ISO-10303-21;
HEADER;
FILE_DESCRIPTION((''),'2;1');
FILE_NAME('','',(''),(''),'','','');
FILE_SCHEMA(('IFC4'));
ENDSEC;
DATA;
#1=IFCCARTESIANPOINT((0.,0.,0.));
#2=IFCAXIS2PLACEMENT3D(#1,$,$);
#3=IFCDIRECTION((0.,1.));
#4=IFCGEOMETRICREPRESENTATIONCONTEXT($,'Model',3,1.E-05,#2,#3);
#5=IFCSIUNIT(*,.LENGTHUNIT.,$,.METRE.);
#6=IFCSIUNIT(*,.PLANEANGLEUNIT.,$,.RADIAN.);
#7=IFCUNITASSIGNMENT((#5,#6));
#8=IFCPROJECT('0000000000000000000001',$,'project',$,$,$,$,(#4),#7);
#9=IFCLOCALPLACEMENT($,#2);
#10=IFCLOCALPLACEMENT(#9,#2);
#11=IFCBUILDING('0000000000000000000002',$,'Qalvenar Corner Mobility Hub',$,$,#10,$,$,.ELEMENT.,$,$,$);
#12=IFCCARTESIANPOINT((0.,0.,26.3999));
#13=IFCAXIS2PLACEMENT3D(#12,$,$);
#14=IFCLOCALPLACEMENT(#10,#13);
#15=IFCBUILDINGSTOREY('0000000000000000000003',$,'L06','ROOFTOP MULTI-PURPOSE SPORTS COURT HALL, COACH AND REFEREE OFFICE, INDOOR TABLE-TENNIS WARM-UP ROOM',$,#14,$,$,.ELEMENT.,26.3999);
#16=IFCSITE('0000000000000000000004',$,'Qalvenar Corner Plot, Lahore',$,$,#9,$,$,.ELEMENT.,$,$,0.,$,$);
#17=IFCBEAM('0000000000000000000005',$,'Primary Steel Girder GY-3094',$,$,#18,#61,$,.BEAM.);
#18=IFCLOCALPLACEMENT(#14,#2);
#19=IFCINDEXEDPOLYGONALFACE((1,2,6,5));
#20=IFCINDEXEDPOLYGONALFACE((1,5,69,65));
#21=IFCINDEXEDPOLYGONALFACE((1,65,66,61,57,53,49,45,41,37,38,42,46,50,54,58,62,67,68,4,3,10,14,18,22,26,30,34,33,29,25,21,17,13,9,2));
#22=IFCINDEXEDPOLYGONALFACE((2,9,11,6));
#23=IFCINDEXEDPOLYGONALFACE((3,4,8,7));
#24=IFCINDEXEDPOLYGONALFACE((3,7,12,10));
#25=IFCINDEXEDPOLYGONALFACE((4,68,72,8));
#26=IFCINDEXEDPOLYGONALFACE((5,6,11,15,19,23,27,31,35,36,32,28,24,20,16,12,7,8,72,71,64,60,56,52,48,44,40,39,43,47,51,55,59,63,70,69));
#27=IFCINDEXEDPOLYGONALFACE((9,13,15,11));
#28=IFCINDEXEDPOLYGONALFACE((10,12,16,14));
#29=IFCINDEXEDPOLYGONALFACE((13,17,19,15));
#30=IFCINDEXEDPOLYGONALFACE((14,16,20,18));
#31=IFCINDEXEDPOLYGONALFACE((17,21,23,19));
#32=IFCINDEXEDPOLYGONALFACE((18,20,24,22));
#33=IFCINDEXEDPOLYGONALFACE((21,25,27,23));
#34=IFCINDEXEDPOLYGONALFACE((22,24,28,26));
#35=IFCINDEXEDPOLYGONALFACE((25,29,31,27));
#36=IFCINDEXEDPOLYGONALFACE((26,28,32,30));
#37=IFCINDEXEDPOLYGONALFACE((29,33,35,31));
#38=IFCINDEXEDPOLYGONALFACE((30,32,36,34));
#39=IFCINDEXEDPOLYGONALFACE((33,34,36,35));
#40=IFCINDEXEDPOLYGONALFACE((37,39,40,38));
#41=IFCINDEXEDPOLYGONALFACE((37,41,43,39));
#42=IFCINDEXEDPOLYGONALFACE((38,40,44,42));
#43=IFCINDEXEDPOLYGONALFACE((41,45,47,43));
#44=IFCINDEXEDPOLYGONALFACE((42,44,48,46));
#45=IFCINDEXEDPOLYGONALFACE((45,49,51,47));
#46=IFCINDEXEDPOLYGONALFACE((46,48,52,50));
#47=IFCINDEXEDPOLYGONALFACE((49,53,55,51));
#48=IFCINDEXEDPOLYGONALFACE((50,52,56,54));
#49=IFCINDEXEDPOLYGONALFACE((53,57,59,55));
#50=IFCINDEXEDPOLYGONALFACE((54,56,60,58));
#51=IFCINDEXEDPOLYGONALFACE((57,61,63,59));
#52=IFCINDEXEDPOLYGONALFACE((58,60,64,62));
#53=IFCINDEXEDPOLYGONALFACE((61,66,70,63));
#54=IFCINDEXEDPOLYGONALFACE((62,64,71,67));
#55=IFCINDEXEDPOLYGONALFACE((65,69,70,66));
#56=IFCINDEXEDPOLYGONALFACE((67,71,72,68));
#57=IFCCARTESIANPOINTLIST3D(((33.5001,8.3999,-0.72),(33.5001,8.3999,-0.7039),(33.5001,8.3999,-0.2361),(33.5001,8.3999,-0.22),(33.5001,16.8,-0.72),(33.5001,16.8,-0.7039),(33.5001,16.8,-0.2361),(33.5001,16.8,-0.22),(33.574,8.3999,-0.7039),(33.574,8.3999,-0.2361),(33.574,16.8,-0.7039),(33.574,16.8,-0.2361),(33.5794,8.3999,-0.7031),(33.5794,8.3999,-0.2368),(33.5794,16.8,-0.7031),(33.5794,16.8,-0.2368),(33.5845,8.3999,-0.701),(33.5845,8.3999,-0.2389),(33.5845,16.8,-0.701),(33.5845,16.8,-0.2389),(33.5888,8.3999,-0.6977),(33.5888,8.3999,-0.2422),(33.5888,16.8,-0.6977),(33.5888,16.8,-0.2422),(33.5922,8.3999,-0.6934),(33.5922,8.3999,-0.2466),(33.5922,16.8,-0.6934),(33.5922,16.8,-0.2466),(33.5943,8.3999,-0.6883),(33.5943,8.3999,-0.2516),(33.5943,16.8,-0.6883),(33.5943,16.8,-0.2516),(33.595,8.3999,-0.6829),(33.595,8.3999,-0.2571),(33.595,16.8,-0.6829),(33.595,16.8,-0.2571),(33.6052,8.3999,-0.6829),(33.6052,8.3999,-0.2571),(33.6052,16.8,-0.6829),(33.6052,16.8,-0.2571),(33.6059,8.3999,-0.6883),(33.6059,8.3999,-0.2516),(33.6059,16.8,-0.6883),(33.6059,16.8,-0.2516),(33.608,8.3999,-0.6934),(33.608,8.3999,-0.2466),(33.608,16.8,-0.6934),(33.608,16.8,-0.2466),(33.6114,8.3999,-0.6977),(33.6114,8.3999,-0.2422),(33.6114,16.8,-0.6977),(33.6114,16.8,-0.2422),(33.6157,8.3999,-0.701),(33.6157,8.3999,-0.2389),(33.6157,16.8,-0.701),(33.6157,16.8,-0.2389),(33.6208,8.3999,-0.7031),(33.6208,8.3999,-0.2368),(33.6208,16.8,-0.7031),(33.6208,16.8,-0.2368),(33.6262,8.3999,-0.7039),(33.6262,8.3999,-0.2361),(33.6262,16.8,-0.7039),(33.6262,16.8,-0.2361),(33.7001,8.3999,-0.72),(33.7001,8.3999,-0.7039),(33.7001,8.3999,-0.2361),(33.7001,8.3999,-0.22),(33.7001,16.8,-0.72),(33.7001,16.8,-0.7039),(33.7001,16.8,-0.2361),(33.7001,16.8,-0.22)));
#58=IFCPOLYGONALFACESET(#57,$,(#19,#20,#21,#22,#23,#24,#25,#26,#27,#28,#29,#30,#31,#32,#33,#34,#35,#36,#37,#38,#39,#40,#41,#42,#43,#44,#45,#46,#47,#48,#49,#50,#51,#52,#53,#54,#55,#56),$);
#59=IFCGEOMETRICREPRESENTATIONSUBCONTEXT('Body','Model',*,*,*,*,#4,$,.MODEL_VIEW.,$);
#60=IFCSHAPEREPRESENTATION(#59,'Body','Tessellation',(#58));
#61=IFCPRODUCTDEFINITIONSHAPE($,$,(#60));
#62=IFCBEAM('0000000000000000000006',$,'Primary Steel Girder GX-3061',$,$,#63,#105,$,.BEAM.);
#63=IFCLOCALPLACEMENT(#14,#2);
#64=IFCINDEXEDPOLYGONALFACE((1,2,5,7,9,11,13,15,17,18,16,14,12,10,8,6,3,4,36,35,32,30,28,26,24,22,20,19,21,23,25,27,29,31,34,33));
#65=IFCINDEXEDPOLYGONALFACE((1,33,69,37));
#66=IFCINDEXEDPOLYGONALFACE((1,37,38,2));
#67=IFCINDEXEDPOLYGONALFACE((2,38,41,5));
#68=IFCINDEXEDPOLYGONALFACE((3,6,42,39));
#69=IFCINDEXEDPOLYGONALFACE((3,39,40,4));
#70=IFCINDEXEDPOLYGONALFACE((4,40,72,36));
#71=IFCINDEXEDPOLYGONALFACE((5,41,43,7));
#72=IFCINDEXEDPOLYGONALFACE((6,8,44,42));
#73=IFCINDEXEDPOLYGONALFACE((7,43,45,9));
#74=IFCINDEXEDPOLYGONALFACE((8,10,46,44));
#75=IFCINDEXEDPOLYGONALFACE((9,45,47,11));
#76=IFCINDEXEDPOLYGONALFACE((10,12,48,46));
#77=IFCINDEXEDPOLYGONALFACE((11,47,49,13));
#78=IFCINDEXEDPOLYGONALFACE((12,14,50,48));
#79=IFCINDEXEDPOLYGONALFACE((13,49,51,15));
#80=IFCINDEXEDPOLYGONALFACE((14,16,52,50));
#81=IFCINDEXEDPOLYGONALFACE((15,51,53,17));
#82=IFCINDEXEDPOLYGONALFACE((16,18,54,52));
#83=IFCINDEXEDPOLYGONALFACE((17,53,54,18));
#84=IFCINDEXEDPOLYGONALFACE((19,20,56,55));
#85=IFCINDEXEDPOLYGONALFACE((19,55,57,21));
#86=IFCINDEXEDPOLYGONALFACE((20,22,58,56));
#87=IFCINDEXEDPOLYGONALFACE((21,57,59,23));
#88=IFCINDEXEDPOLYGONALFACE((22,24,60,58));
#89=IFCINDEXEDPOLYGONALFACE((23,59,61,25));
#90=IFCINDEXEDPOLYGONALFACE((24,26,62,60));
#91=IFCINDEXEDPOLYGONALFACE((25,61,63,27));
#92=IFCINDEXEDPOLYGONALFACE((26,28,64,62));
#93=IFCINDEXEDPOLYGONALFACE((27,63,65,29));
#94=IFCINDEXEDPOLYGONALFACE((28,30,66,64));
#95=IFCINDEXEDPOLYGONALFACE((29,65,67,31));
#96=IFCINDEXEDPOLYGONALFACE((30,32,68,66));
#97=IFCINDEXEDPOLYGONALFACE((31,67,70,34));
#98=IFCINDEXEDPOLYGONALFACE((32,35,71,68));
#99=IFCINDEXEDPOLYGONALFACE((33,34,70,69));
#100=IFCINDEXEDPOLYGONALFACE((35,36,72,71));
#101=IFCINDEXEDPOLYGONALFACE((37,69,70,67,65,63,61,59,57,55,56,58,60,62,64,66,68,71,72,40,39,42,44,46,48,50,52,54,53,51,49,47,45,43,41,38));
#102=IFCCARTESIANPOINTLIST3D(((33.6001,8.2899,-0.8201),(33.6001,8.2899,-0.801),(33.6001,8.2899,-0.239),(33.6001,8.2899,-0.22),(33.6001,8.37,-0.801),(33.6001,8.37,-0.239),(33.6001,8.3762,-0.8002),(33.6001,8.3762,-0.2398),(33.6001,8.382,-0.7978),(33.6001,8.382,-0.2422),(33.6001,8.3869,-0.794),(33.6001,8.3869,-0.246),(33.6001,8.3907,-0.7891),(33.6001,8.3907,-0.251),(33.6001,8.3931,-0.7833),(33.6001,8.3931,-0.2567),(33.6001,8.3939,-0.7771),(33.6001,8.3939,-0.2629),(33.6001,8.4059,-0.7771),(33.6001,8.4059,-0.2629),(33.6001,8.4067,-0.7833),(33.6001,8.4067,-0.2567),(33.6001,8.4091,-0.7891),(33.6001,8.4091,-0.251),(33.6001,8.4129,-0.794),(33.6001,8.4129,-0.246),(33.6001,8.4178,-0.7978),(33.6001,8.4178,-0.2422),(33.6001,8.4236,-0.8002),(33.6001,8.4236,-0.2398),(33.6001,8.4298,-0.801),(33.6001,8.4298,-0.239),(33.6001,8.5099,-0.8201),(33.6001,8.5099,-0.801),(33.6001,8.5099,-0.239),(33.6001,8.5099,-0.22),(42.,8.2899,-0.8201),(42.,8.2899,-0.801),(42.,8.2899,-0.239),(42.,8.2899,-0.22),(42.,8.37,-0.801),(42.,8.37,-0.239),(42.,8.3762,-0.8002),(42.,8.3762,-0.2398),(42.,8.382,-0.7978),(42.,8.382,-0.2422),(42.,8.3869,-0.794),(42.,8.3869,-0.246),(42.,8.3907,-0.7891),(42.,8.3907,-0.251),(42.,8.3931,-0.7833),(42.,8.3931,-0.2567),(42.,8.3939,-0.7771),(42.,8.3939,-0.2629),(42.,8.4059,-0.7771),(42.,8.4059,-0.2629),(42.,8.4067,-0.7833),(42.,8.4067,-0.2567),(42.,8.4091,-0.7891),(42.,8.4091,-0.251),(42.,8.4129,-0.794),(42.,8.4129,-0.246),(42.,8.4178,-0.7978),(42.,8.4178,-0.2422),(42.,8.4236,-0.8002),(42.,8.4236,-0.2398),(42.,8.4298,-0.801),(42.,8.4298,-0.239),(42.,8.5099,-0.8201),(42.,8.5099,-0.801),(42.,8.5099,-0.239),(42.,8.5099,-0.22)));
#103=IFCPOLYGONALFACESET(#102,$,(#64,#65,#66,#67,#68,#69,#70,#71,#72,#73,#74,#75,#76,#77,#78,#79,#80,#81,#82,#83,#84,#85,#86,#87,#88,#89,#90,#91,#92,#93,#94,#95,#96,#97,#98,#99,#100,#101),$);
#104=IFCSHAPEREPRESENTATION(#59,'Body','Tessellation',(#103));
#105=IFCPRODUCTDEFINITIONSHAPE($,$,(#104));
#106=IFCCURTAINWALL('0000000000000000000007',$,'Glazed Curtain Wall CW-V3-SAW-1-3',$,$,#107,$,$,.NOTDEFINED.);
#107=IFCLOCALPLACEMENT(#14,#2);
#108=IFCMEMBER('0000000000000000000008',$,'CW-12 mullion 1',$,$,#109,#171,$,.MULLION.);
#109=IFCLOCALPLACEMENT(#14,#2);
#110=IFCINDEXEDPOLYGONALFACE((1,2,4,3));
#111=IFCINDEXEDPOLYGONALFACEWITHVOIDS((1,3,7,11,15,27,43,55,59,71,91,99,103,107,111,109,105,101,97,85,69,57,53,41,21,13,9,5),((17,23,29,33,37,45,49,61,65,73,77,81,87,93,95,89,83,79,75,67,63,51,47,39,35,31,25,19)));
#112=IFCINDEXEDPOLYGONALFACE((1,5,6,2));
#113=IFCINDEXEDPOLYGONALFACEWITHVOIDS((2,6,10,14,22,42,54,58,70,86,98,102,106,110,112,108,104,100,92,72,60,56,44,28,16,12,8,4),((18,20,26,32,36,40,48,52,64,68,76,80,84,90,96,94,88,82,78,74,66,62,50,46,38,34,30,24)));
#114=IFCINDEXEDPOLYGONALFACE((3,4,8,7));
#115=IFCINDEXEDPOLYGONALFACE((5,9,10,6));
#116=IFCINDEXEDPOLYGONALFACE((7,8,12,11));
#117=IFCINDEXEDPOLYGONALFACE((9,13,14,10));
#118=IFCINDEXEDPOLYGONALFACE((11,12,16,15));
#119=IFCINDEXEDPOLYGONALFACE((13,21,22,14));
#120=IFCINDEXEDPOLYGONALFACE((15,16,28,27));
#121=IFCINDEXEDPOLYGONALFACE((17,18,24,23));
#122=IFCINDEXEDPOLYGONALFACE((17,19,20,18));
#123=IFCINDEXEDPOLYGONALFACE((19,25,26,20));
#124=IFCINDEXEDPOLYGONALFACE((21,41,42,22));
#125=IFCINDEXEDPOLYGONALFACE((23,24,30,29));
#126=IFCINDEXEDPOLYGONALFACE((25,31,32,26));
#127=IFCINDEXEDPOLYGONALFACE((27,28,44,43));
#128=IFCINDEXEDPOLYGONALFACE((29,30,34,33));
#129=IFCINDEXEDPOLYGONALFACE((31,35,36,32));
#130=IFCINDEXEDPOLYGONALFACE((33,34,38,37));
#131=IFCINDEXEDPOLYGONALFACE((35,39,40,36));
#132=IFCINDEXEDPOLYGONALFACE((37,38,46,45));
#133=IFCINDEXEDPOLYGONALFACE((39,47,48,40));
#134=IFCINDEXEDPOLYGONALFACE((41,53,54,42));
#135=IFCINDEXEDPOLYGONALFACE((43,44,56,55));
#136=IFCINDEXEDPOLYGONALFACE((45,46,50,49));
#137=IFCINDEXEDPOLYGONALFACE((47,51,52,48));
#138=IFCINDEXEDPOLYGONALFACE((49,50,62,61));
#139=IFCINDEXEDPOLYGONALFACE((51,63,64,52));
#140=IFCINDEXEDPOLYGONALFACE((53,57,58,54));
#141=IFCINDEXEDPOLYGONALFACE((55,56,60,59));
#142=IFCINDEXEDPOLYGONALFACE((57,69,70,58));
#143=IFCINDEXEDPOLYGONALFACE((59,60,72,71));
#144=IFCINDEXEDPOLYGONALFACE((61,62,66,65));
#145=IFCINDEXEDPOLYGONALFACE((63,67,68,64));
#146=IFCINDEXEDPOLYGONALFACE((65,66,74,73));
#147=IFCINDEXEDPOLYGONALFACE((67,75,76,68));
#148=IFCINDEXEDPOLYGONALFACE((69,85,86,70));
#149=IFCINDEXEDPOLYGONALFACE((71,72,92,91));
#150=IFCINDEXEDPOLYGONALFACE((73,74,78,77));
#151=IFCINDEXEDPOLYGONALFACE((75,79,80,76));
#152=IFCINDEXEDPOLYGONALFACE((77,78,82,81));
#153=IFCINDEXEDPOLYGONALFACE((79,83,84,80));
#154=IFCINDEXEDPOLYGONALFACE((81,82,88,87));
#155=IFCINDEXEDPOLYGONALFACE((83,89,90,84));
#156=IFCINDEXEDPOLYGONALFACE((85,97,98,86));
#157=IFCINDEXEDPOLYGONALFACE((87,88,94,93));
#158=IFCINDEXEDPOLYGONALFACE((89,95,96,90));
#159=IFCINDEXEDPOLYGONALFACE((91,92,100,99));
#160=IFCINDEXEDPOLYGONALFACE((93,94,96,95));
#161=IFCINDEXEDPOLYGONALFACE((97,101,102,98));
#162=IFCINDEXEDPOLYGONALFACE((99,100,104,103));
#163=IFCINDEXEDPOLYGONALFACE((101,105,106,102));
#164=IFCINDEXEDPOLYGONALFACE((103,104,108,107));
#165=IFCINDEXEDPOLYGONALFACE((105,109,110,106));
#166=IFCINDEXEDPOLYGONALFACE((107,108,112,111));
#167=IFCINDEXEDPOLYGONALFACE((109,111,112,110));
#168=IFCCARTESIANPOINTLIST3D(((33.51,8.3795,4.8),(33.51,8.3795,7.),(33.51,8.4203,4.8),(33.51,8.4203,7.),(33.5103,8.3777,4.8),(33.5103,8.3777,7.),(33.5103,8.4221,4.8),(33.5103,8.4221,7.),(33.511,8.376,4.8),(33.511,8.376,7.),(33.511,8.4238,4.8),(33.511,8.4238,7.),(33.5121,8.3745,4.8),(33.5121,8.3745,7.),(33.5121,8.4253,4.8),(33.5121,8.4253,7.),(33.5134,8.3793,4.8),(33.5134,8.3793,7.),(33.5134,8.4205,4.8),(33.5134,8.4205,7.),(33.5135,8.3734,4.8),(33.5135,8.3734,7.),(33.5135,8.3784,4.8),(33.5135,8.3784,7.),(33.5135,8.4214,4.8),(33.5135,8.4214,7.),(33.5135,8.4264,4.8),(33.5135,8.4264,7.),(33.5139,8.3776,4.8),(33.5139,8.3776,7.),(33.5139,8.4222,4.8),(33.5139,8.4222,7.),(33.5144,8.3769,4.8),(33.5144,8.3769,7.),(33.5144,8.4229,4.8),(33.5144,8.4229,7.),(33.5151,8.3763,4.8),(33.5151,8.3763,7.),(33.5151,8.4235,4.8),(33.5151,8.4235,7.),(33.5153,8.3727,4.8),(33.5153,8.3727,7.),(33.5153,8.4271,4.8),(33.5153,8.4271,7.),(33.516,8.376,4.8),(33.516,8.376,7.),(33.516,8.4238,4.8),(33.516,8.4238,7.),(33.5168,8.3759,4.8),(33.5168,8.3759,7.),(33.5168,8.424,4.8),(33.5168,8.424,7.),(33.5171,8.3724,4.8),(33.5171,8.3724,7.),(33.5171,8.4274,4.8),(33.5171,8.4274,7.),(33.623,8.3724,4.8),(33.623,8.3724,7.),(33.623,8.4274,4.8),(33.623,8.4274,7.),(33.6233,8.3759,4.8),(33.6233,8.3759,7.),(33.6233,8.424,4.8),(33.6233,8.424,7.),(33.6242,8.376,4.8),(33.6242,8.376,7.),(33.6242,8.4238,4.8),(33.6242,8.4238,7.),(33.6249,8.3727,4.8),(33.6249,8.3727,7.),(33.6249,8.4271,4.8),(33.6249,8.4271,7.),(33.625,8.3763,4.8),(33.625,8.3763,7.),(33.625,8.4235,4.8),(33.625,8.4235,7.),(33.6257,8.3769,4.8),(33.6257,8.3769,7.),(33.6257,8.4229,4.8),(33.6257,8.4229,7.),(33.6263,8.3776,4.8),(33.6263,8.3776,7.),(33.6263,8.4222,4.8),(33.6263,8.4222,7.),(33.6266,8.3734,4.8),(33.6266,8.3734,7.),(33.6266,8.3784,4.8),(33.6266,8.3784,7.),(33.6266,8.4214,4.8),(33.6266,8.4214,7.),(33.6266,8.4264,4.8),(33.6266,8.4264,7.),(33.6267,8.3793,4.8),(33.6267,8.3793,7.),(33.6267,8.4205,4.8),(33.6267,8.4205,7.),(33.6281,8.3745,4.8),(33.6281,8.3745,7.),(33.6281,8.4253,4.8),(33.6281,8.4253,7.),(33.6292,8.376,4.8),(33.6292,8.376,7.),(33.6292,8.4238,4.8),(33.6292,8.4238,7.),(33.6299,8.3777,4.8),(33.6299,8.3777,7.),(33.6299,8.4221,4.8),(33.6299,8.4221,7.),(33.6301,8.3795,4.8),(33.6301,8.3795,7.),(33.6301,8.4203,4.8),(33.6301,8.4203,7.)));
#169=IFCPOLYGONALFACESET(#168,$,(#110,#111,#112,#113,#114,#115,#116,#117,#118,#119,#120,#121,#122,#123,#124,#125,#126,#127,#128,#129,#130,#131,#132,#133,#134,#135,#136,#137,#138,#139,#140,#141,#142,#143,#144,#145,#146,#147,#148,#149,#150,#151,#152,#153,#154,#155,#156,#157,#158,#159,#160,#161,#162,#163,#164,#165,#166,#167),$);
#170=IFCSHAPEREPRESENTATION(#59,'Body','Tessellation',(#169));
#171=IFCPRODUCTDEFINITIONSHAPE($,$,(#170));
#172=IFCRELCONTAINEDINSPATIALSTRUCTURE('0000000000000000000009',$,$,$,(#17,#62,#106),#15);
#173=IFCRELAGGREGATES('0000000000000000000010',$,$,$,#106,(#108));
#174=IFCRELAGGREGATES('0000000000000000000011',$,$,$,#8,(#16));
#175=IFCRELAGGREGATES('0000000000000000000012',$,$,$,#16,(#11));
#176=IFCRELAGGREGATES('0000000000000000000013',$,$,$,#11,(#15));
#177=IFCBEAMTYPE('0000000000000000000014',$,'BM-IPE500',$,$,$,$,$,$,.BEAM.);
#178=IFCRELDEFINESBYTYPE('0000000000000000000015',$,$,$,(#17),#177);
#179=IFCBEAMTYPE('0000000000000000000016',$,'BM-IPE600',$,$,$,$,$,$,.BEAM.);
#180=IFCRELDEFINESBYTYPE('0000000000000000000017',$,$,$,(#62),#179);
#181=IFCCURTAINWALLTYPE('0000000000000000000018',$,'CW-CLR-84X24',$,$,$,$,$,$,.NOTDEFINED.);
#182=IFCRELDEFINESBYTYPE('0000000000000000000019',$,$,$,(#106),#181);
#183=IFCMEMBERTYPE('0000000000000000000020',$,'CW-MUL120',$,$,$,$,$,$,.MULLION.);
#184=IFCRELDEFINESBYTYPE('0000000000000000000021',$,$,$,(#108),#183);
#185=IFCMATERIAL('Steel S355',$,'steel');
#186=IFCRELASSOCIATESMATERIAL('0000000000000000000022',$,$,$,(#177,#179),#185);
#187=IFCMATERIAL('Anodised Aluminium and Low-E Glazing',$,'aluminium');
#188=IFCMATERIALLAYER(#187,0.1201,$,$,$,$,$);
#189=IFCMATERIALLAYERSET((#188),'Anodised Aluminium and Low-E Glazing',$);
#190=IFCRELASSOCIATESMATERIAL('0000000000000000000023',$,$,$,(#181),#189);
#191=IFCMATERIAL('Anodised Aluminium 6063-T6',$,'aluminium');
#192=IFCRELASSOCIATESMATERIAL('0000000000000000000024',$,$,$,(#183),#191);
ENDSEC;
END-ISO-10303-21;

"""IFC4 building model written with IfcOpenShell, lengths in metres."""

from ifc_helpers import new_model, si_unit, direction, frame, origin, origin_2d, place, context, subcontext, project, spatial, hollow_rectangle, i_section, extrude, material, layer, layer_set, material_profile, profile_set, type_object, element, aggregate, save


model = new_model("IFC4")

# Units and contexts
model_context = context("Model", 3, precision=1e-05, world=origin(), true_north=direction((0.0, 1.0)))
body_context = subcontext(model_context, "Body", "Model", "MODEL_VIEW")
ifc_project = project(units=[si_unit("LENGTHUNIT", "METRE"), si_unit("PLANEANGLEUNIT", "RADIAN")], contexts=[model_context])

# Site, building, storey
site_placement = place(None, origin())
site = spatial("IfcSite", under=ifc_project, at=site_placement, Name="Qalvenar Corner Plot, Lahore", CompositionType="ELEMENT", RefElevation=0.0)
building_placement = place(site_placement, origin())
building = spatial("IfcBuilding", under=site, at=building_placement, Name="Qalvenar Corner Mobility Hub", CompositionType="ELEMENT")
storey_placement = place(building_placement, frame((0.0, 0.0, 26.3999)))
storey = spatial("IfcBuildingStorey", under=building, at=storey_placement, Name="L06", Description="ROOFTOP MULTI-PURPOSE SPORTS COURT HALL, COACH AND REFEREE OFFICE, INDOOR TABLE-TENNIS WARM-UP ROOM", CompositionType="ELEMENT", Elevation=26.3999)

# Shared definitions
ifc_material_1 = material(Name="Steel S355", Category="steel")

# Beams
ifc_material_profile_1 = material_profile(ifc_material_1, i_section(OverallWidth=0.2, OverallDepth=0.5, WebThickness=0.0103, FlangeThickness=0.0161, FilletRadius=0.021, at=origin_2d()), Name="IPE500")
ifc_profile_set_1 = profile_set([ifc_material_profile_1], Name="Steel S355")
beam_type_1 = type_object("IfcBeamType", Name="BM-IPE500", PredefinedType="BEAM", material=ifc_profile_set_1)
beam_1_placement = place(storey_placement, frame((33.6001, 8.3999, -0.47), z_axis=(0.0, 1.0, 0.0), x_axis=(-1.0, 0.0, 0.0)))
element("IfcBeam", 1, at=beam_1_placement, inside=storey, type_object=beam_type_1, Name="Primary Steel Girder GY-3094", PredefinedType="BEAM", context=body_context, shape_type="SweptSolid", body=[
    extrude(i_section(OverallWidth=0.2, OverallDepth=0.5, WebThickness=0.0103, FlangeThickness=0.0161, FilletRadius=0.021, at=origin_2d()), origin(), (0.0, 0.0, 1.0), 8.4001),
])
ifc_material_profile_2 = material_profile(ifc_material_1, i_section(OverallWidth=0.22, OverallDepth=0.6001, WebThickness=0.012, FlangeThickness=0.019, FilletRadius=0.0239, at=origin_2d()), Name="IPE600")
ifc_profile_set_2 = profile_set([ifc_material_profile_2], Name="Steel S355")
beam_type_2 = type_object("IfcBeamType", Name="BM-IPE600", PredefinedType="BEAM", material=ifc_profile_set_2)
beam_2_placement = place(storey_placement, frame((33.6001, 8.3999, -0.52), z_axis=(1.0, 0.0, 0.0), x_axis=(0.0, 1.0, 0.0)))
element("IfcBeam", 2, at=beam_2_placement, inside=storey, type_object=beam_type_2, Name="Primary Steel Girder GX-3061", PredefinedType="BEAM", context=body_context, shape_type="SweptSolid", body=[
    extrude(i_section(OverallWidth=0.22, OverallDepth=0.6001, WebThickness=0.012, FlangeThickness=0.019, FilletRadius=0.0239, at=origin_2d()), origin(), (0.0, 0.0, 1.0), 8.3999),
])

# Curtain wall, member
ifc_material_2 = material(Name="Anodised Aluminium and Low-E Glazing", Category="aluminium")
ifc_layer_1 = layer(ifc_material_2, 0.1201)
ifc_layer_set_1 = layer_set([ifc_layer_1], Name="Anodised Aluminium and Low-E Glazing")
curtain_wall_type = type_object("IfcCurtainWallType", Name="CW-CLR-84X24", PredefinedType="NOTDEFINED", material=ifc_layer_set_1)
curtain_wall_1_placement = place(storey_placement, origin())
curtain_wall_1 = element("IfcCurtainWall", 3, at=curtain_wall_1_placement, inside=storey, type_object=curtain_wall_type, Name="Glazed Curtain Wall CW-V3-SAW-1-3", PredefinedType="NOTDEFINED")
ifc_material_3 = material(Name="Anodised Aluminium 6063-T6", Category="aluminium")
ifc_material_profile_3 = material_profile(ifc_material_3, hollow_rectangle(XDim=0.0549, YDim=0.1201, WallThickness=0.0034, InnerFilletRadius=0.0034, OuterFilletRadius=0.0071, at=origin_2d()), Name="RHS120x55x3.5")
ifc_profile_set_3 = profile_set([ifc_material_profile_3], Name="Anodised Aluminium 6063-T6")
member_type_1 = type_object("IfcMemberType", Name="CW-MUL120", PredefinedType="MULLION", material=ifc_profile_set_3)
member_1_placement = place(storey_placement, frame((33.5701, 8.3999, 4.8), z_axis=(0.0, 0.0, 1.0), x_axis=(0.0, -1.0, 0.0)))
member_1 = element("IfcMember", 4, at=member_1_placement, type_object=member_type_1, Name="CW-12 mullion 1", PredefinedType="MULLION", context=body_context, shape_type="SweptSolid", body=[
    extrude(hollow_rectangle(XDim=0.0549, YDim=0.1201, WallThickness=0.0034, InnerFilletRadius=0.0034, OuterFilletRadius=0.0071, at=origin_2d()), origin(), (0.0, 0.0, 1.0), 2.2),
])

aggregate(curtain_wall_1, [member_1])

save(model, "model.ifc")
